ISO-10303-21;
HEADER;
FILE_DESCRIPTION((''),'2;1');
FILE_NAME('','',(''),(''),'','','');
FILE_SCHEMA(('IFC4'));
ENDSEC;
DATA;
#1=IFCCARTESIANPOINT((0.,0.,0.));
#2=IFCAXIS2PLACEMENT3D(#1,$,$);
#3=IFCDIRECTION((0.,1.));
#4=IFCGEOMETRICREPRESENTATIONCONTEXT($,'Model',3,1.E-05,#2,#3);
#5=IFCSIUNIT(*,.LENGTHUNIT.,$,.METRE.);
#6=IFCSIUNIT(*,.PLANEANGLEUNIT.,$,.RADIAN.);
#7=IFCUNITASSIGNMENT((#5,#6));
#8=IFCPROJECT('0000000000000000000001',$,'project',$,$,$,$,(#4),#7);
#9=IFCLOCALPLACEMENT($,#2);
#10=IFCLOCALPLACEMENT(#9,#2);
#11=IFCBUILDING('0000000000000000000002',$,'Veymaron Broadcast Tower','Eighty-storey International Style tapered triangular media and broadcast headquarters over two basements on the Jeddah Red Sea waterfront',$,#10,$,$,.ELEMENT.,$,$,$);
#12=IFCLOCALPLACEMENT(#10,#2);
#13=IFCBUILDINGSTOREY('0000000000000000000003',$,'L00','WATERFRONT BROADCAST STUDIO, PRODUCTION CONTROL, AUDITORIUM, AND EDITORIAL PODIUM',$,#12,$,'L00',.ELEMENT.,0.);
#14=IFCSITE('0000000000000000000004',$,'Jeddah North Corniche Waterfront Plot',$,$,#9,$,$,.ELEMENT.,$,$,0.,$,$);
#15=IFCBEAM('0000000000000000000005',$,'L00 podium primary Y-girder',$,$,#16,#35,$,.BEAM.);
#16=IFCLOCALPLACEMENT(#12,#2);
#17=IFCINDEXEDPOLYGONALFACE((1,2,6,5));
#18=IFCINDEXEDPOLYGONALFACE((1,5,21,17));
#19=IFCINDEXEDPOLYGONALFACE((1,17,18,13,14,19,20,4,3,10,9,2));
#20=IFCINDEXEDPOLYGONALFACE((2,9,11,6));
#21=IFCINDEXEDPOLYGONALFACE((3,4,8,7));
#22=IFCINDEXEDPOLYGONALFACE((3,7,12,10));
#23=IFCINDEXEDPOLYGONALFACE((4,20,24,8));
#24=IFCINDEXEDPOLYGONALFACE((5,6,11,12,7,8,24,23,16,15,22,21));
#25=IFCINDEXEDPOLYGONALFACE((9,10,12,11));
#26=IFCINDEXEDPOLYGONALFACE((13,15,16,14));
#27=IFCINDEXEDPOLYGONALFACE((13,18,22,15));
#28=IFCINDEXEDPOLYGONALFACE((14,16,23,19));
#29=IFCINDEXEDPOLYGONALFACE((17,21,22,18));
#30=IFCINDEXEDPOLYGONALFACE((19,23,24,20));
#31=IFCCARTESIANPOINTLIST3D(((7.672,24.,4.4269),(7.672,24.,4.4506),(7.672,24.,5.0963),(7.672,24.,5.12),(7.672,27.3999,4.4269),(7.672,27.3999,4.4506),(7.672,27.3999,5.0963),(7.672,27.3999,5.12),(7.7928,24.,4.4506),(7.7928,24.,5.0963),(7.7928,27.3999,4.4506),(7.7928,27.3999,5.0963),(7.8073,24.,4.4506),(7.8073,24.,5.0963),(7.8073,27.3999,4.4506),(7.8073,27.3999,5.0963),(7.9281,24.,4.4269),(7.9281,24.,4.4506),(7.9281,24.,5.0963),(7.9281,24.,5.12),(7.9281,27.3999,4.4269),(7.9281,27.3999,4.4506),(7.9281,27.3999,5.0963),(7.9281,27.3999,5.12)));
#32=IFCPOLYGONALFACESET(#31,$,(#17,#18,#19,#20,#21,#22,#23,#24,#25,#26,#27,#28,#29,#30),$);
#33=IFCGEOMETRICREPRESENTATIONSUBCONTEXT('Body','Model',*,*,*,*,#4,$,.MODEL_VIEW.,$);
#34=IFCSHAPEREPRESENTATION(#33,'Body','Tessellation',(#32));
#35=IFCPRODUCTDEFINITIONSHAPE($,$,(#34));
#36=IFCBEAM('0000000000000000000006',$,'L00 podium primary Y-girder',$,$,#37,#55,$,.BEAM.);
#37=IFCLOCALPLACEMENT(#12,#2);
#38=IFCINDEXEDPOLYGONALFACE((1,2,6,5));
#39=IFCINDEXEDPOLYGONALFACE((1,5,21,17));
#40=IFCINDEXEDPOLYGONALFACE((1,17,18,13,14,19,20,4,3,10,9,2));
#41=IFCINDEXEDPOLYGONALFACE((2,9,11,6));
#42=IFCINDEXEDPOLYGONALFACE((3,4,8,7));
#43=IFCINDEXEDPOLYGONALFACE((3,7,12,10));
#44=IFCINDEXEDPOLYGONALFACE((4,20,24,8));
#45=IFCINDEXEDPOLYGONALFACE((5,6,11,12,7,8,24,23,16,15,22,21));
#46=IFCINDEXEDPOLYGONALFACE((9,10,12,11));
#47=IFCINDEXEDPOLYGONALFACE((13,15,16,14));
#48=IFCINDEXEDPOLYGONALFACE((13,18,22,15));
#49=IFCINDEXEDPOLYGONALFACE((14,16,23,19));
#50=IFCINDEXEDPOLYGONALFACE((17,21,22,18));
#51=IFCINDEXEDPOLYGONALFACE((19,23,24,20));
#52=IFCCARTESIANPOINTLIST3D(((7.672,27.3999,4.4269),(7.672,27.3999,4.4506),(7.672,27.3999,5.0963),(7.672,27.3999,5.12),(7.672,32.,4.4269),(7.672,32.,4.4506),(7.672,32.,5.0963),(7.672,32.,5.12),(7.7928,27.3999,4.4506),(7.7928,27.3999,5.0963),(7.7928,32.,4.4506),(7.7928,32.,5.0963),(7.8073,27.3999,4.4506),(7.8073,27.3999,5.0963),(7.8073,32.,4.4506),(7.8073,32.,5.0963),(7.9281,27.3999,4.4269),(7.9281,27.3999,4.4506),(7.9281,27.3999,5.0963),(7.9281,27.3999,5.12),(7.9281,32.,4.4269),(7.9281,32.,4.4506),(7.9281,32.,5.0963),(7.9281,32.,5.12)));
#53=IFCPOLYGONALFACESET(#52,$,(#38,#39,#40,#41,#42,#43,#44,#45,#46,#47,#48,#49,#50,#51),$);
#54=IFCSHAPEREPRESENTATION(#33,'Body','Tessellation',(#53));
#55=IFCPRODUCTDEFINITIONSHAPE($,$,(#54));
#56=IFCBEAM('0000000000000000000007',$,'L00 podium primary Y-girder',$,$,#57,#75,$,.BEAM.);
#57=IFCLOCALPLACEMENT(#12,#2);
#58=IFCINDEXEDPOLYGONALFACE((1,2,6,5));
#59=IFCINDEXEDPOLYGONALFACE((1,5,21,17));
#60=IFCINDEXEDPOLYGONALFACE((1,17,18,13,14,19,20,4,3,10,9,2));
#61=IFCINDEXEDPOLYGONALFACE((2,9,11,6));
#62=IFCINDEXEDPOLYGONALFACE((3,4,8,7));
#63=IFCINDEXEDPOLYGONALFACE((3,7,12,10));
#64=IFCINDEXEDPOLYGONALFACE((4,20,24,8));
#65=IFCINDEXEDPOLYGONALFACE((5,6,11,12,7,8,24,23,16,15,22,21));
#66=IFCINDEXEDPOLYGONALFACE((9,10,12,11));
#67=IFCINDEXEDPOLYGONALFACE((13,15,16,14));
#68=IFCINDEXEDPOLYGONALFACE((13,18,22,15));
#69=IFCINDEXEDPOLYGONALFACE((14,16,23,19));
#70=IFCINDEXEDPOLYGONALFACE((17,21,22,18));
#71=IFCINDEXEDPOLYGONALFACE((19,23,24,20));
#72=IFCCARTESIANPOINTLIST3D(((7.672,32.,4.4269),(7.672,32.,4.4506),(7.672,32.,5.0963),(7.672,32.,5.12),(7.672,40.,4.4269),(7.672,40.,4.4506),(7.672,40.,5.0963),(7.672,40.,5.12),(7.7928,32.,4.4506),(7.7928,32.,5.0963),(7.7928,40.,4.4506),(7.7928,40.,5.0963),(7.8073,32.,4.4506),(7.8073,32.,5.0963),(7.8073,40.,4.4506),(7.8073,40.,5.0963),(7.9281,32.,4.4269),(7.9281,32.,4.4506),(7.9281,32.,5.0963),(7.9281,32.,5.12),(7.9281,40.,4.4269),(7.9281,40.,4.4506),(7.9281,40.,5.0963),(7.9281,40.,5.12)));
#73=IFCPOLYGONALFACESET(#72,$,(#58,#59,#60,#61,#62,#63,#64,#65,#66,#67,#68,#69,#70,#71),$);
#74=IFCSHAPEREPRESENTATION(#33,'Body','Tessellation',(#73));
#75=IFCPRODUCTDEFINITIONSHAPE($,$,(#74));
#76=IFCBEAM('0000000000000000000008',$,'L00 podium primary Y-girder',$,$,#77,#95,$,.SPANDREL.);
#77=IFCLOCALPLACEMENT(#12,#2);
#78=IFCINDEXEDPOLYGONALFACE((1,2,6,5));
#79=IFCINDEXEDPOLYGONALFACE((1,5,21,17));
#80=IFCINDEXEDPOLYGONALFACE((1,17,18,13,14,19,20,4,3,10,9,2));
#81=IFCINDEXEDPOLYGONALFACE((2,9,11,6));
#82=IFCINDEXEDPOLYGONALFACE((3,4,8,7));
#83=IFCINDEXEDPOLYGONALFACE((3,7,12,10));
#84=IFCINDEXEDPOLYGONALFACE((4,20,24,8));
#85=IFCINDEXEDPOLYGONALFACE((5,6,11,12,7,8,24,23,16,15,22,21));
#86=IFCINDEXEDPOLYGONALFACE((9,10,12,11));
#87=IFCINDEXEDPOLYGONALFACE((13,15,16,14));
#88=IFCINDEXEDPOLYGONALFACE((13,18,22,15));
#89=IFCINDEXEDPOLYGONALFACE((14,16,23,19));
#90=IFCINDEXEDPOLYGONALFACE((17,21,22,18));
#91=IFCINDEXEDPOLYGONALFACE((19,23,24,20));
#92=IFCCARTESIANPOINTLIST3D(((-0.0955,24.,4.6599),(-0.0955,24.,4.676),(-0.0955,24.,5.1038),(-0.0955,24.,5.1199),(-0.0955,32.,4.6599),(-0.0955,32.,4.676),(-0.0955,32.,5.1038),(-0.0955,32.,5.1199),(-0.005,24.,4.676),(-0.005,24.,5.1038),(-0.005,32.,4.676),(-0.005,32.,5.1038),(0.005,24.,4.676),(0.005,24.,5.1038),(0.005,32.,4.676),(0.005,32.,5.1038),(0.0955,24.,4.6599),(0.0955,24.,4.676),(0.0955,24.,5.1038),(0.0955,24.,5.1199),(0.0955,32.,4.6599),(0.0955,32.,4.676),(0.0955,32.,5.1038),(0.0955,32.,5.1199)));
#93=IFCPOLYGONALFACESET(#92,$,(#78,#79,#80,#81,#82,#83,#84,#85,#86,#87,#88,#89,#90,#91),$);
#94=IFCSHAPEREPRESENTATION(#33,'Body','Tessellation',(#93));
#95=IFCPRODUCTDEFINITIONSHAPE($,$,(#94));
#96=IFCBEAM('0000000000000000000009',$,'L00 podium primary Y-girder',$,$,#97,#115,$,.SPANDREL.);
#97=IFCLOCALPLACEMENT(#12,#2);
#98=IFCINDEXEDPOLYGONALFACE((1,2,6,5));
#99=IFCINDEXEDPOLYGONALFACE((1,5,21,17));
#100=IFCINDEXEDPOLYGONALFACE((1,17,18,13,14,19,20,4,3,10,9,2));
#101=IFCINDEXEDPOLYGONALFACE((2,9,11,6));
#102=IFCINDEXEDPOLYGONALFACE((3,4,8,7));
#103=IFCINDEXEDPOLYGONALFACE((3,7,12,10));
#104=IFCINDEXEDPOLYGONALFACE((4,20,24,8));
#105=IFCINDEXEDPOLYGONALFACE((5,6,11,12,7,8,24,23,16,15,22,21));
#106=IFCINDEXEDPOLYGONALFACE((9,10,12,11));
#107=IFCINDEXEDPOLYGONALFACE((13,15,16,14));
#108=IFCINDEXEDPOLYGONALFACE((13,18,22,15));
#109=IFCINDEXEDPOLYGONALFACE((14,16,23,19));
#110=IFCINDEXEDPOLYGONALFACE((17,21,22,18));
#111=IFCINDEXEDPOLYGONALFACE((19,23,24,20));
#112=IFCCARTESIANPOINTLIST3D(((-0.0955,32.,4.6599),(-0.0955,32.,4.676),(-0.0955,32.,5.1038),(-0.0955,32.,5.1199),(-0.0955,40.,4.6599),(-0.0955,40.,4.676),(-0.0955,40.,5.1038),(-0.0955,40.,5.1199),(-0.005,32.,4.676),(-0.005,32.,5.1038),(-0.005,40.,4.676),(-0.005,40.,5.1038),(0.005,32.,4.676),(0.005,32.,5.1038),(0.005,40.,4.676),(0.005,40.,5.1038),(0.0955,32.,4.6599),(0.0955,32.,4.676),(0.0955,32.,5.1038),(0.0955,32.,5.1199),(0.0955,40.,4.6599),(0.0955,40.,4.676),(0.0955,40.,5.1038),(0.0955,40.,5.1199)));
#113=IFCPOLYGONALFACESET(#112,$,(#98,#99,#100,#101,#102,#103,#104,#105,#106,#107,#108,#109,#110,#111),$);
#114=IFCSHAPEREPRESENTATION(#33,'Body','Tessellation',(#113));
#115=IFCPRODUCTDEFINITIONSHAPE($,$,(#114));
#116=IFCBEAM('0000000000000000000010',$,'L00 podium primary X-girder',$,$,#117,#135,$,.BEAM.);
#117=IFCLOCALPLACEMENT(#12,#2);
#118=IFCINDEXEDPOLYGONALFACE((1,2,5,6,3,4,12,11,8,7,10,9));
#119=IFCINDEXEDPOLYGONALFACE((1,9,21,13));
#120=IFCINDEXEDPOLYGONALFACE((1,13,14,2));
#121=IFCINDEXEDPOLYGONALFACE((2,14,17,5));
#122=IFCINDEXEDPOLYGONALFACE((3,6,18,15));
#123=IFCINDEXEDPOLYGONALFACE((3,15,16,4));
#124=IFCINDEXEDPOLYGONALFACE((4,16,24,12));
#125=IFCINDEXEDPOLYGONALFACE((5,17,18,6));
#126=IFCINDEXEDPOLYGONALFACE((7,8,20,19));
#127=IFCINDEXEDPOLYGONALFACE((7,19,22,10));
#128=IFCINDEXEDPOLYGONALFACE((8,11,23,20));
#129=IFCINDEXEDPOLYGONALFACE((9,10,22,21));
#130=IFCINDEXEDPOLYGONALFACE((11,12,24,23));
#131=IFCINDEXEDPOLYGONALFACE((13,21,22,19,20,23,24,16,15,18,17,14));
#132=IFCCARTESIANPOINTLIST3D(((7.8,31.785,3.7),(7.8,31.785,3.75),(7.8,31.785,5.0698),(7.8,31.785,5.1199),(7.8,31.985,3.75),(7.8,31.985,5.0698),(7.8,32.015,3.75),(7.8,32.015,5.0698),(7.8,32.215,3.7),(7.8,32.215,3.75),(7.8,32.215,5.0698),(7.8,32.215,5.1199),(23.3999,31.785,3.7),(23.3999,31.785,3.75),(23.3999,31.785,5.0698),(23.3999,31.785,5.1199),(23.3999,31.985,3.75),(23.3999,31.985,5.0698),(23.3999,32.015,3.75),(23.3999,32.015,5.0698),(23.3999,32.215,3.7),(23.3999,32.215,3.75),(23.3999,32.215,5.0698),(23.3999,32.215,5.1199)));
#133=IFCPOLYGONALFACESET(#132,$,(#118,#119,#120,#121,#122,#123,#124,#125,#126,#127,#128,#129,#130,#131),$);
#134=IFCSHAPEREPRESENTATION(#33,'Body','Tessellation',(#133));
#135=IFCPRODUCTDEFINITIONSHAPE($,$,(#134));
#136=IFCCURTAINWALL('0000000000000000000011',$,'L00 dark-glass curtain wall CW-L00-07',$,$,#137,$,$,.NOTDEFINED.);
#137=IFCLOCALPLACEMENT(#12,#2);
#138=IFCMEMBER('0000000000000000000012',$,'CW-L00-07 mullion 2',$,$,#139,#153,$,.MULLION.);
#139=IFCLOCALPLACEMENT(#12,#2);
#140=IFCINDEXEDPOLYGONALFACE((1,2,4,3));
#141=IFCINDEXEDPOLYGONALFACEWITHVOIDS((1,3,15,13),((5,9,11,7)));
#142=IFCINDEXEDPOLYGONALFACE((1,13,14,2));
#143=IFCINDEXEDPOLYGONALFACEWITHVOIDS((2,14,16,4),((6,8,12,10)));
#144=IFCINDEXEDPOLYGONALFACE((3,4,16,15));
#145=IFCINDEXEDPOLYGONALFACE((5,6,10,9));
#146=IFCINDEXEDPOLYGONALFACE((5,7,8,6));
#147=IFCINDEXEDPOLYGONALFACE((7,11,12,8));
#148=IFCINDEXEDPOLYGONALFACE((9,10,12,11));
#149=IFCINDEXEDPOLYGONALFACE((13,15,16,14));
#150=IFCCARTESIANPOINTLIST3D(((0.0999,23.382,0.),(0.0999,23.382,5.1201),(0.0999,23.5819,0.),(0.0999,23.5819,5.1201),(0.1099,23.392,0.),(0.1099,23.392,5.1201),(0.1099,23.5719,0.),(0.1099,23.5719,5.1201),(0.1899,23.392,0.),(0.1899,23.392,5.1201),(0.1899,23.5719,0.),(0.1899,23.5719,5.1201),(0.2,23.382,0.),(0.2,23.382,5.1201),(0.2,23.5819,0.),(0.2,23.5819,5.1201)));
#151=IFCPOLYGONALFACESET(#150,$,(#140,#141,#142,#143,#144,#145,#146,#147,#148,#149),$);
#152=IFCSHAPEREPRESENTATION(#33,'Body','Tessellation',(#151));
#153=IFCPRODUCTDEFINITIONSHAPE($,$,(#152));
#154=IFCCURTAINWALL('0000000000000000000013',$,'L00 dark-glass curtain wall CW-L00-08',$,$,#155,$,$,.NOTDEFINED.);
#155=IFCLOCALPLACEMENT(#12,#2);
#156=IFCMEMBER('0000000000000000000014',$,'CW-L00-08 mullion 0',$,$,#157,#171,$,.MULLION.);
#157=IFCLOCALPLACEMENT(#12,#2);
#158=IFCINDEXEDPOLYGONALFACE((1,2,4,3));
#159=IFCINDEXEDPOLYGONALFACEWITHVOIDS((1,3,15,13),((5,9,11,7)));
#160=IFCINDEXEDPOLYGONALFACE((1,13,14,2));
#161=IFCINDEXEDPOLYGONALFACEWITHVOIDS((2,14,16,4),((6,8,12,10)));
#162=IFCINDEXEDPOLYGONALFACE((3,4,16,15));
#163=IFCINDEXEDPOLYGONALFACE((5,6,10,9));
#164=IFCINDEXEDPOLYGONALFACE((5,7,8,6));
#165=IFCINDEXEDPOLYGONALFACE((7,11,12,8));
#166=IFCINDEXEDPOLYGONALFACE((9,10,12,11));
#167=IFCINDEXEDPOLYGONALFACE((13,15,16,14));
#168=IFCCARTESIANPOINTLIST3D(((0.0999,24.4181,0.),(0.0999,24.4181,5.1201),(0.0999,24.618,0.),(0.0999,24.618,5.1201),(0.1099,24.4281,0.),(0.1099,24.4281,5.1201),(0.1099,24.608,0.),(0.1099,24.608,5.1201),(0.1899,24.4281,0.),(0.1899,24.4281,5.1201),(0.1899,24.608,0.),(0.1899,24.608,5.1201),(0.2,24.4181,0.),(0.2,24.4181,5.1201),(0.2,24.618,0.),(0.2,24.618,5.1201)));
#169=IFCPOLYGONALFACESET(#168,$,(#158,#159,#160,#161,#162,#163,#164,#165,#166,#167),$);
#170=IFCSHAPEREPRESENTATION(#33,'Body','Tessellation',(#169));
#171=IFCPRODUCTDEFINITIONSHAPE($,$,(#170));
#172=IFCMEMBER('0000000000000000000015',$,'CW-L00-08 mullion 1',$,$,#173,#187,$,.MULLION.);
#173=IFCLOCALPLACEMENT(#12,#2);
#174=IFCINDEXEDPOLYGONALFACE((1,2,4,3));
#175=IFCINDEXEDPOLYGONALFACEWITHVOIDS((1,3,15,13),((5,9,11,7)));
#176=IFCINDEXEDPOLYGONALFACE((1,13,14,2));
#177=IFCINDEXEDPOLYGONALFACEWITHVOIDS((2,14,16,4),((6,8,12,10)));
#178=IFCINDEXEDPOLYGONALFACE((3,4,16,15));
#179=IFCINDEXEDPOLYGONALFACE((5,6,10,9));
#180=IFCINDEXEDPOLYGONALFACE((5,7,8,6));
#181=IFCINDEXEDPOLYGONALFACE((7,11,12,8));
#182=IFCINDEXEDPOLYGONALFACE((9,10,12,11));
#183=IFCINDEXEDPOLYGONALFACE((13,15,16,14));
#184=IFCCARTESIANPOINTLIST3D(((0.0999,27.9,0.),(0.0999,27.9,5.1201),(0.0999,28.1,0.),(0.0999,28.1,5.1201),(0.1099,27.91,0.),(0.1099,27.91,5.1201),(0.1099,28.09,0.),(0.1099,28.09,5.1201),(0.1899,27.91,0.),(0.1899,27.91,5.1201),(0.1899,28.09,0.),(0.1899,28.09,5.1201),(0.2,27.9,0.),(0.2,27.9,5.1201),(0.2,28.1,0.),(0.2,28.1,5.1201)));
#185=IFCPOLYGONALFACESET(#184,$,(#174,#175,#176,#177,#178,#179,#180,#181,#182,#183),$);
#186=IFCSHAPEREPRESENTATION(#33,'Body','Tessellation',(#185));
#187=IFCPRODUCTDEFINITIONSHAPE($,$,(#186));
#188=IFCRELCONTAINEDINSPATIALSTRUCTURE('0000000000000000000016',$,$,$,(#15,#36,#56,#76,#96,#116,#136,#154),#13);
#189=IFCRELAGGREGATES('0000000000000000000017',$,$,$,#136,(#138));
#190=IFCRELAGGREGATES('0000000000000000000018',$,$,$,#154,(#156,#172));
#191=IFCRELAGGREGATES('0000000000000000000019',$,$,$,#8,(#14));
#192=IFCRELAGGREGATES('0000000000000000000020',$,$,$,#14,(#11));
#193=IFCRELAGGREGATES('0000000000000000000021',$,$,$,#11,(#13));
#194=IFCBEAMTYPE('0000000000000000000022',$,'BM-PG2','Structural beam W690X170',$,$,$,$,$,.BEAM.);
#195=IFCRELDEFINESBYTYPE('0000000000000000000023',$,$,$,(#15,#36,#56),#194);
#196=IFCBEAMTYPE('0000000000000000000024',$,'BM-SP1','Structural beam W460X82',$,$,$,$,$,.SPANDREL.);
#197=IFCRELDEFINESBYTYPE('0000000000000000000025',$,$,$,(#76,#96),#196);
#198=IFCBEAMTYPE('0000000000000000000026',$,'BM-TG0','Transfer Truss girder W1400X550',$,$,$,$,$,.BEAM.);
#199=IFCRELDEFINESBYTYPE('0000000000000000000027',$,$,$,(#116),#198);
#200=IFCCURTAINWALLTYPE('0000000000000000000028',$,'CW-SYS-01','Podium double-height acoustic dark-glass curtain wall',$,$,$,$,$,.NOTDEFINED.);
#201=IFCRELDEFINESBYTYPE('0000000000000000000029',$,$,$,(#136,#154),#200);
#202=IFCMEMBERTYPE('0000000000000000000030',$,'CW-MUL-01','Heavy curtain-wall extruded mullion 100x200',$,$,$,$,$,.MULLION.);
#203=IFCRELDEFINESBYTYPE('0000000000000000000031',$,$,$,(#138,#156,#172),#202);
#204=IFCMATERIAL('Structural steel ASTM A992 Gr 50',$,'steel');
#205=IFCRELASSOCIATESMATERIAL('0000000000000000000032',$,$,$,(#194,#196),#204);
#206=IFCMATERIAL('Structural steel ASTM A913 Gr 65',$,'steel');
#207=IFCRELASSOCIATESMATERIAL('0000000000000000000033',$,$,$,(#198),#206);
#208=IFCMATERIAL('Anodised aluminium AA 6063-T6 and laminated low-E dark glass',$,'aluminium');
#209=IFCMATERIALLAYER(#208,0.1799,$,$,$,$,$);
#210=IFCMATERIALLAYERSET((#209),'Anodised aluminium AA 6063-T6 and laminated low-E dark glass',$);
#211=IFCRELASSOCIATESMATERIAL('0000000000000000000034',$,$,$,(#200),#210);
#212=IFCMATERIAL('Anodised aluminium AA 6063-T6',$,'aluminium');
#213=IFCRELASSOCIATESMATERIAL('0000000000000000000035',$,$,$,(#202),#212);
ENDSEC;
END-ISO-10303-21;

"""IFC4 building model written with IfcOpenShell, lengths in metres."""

from ifc_helpers import new_model, si_unit, direction, frame, origin, origin_2d, place, context, subcontext, project, spatial, hollow_rectangle, i_section, extrude, material, layer, layer_set, material_profile, profile_set, type_object, element, aggregate, save


model = new_model("IFC4")

# Units and contexts
model_context = context("Model", 3, precision=1e-05, world=origin(), true_north=direction((0.0, 1.0)))
body_context = subcontext(model_context, "Body", "Model", "MODEL_VIEW")
ifc_project = project(units=[si_unit("LENGTHUNIT", "METRE"), si_unit("PLANEANGLEUNIT", "RADIAN")], contexts=[model_context])

# Site, building, storey
site_placement = place(None, origin())
site = spatial("IfcSite", under=ifc_project, at=site_placement, Name="Jeddah North Corniche Waterfront Plot", CompositionType="ELEMENT", RefElevation=0.0)
building_placement = place(site_placement, origin())
building = spatial("IfcBuilding", under=site, at=building_placement, Name="Veymaron Broadcast Tower", Description="Eighty-storey International Style tapered triangular media and broadcast headquarters over two basements on the Jeddah Red Sea waterfront", CompositionType="ELEMENT")
storey_placement = place(building_placement, origin())
storey = spatial("IfcBuildingStorey", under=building, at=storey_placement, Name="L00", Description="WATERFRONT BROADCAST STUDIO, PRODUCTION CONTROL, AUDITORIUM, AND EDITORIAL PODIUM", LongName="L00", CompositionType="ELEMENT", Elevation=0.0)

# Shared definitions
ifc_material_1 = material(Name="Structural steel ASTM A913 Gr 65", Category="steel")

# Beams
ifc_material_2 = material(Name="Structural steel ASTM A992 Gr 50", Category="steel")
ifc_material_profile_1 = material_profile(ifc_material_2, i_section(OverallWidth=0.2561, OverallDepth=0.6931, WebThickness=0.0144, FlangeThickness=0.0237, at=origin_2d()), Name="W690X170")
ifc_profile_set_1 = profile_set([ifc_material_profile_1], Name="Structural steel ASTM A992 Gr 50")
beam_type_1 = type_object("IfcBeamType", Name="BM-PG2", Description="Structural beam W690X170", PredefinedType="BEAM", material=ifc_profile_set_1)
beam_1_placement = place(storey_placement, frame((7.8, 24.0, 4.7734), z_axis=(0.0, 1.0, 0.0), x_axis=(-1.0, 0.0, 0.0)))
element("IfcBeam", 1, at=beam_1_placement, inside=storey, type_object=beam_type_1, Name="L00 podium primary Y-girder", PredefinedType="BEAM", context=body_context, shape_type="SweptSolid", body=[
    extrude(i_section(OverallWidth=0.2561, OverallDepth=0.6931, WebThickness=0.0144, FlangeThickness=0.0237, at=origin_2d()), origin(), (0.0, 0.0, 1.0), 3.3999),
])
beam_2_placement = place(storey_placement, frame((7.8, 27.3999, 4.7734), z_axis=(0.0, 1.0, 0.0), x_axis=(-1.0, 0.0, 0.0)))
element("IfcBeam", 2, at=beam_2_placement, inside=storey, type_object=beam_type_1, Name="L00 podium primary Y-girder", PredefinedType="BEAM", context=body_context, shape_type="SweptSolid", body=[
    extrude(i_section(OverallWidth=0.2561, OverallDepth=0.6931, WebThickness=0.0144, FlangeThickness=0.0237, at=origin_2d()), origin(), (0.0, 0.0, 1.0), 4.6001),
])
beam_3_placement = place(storey_placement, frame((7.8, 32.0, 4.7734), z_axis=(0.0, 1.0, 0.0), x_axis=(-1.0, 0.0, 0.0)))
element("IfcBeam", 3, at=beam_3_placement, inside=storey, type_object=beam_type_1, Name="L00 podium primary Y-girder", PredefinedType="BEAM", context=body_context, shape_type="SweptSolid", body=[
    extrude(i_section(OverallWidth=0.2561, OverallDepth=0.6931, WebThickness=0.0144, FlangeThickness=0.0237, at=origin_2d()), origin(), (0.0, 0.0, 1.0), 8.0),
])
ifc_material_profile_2 = material_profile(ifc_material_2, i_section(OverallWidth=0.1909, OverallDepth=0.46, WebThickness=0.01, FlangeThickness=0.0161, at=origin_2d()), Name="W460X82")
ifc_profile_set_2 = profile_set([ifc_material_profile_2], Name="Structural steel ASTM A992 Gr 50")
beam_type_2 = type_object("IfcBeamType", Name="BM-SP1", Description="Structural beam W460X82", PredefinedType="SPANDREL", material=ifc_profile_set_2)
for number, where, z_axis, x_axis, name in (
    (4, (0.0, 24.0, 4.8899), (0.0, 1.0, 0.0), (-1.0, 0.0, 0.0), "L00 podium primary Y-girder"),
    (5, (0.0, 32.0, 4.8899), (0.0, 1.0, 0.0), (-1.0, 0.0, 0.0), "L00 podium primary Y-girder"),
):
    element("IfcBeam", number, at=place(storey_placement, frame(where, z_axis=z_axis, x_axis=x_axis)), inside=storey, type_object=beam_type_2, Name=name, PredefinedType="SPANDREL", context=body_context, shape_type="SweptSolid", body=[
        extrude(i_section(OverallWidth=0.1909, OverallDepth=0.46, WebThickness=0.01, FlangeThickness=0.0161, at=origin_2d()), origin(), (0.0, 0.0, 1.0), 8.0),
    ])
ifc_material_profile_3 = material_profile(ifc_material_1, i_section(OverallWidth=0.4299, OverallDepth=1.4199, WebThickness=0.03, FlangeThickness=0.05, at=origin_2d()), Name="W1400X550")
ifc_profile_set_3 = profile_set([ifc_material_profile_3], Name="Structural steel ASTM A913 Gr 65")
beam_type_3 = type_object("IfcBeamType", Name="BM-TG0", Description="Transfer Truss girder W1400X550", PredefinedType="BEAM", material=ifc_profile_set_3)
beam_4_placement = place(storey_placement, frame((7.8, 32.0, 4.4099), z_axis=(1.0, 0.0, 0.0), x_axis=(0.0, 1.0, 0.0)))
element("IfcBeam", 6, at=beam_4_placement, inside=storey, type_object=beam_type_3, Name="L00 podium primary X-girder", PredefinedType="BEAM", context=body_context, shape_type="SweptSolid", body=[
    extrude(i_section(OverallWidth=0.4299, OverallDepth=1.4199, WebThickness=0.03, FlangeThickness=0.05, at=origin_2d()), origin(), (0.0, 0.0, 1.0), 15.5999),
])

# Curtain wall, member
ifc_material_3 = material(Name="Anodised aluminium AA 6063-T6 and laminated low-E dark glass", Category="aluminium")
ifc_layer_1 = layer(ifc_material_3, 0.1799)
ifc_layer_set_1 = layer_set([ifc_layer_1], Name="Anodised aluminium AA 6063-T6 and laminated low-E dark glass")
curtain_wall_type = type_object("IfcCurtainWallType", Name="CW-SYS-01", Description="Podium double-height acoustic dark-glass curtain wall", PredefinedType="NOTDEFINED", material=ifc_layer_set_1)
curtain_wall_1_placement = place(storey_placement, origin())
curtain_wall_1 = element("IfcCurtainWall", 7, at=curtain_wall_1_placement, inside=storey, type_object=curtain_wall_type, Name="L00 dark-glass curtain wall CW-L00-07", PredefinedType="NOTDEFINED")
ifc_material_4 = material(Name="Anodised aluminium AA 6063-T6", Category="aluminium")
ifc_material_profile_4 = material_profile(ifc_material_4, hollow_rectangle(XDim=0.1001, YDim=0.2, WallThickness=0.01, at=origin_2d()), Name="RHS200X100X10")
ifc_profile_set_4 = profile_set([ifc_material_profile_4], Name="Anodised aluminium AA 6063-T6")
member_type_1 = type_object("IfcMemberType", Name="CW-MUL-01", Description="Heavy curtain-wall extruded mullion 100x200", PredefinedType="MULLION", material=ifc_profile_set_4)
member_1_placement = place(storey_placement, frame((0.1499, 23.4819, 0.0), z_axis=(0.0, 0.0, 1.0), x_axis=(1.0, 0.0, 0.0)))
member_1 = element("IfcMember", 8, at=member_1_placement, type_object=member_type_1, Name="CW-L00-07 mullion 2", PredefinedType="MULLION", context=body_context, shape_type="SweptSolid", body=[
    extrude(hollow_rectangle(XDim=0.1001, YDim=0.2, WallThickness=0.01, at=origin_2d()), origin(), (0.0, 0.0, 1.0), 5.1201),
])
aggregate(curtain_wall_1, [member_1])

# Curtain wall, members
curtain_wall_2_placement = place(storey_placement, origin())
curtain_wall_2 = element("IfcCurtainWall", 9, at=curtain_wall_2_placement, inside=storey, type_object=curtain_wall_type, Name="L00 dark-glass curtain wall CW-L00-08", PredefinedType="NOTDEFINED")
member_2_placement = place(storey_placement, frame((0.1499, 24.5181, 0.0), z_axis=(0.0, 0.0, 1.0), x_axis=(1.0, 0.0, 0.0)))
member_2 = element("IfcMember", 10, at=member_2_placement, type_object=member_type_1, Name="CW-L00-08 mullion 0", PredefinedType="MULLION", context=body_context, shape_type="SweptSolid", body=[
    extrude(hollow_rectangle(XDim=0.1001, YDim=0.2, WallThickness=0.01, at=origin_2d()), origin(), (0.0, 0.0, 1.0), 5.1201),
])
member_3_placement = place(storey_placement, frame((0.1499, 28.0, 0.0), z_axis=(0.0, 0.0, 1.0), x_axis=(1.0, 0.0, 0.0)))
member_3 = element("IfcMember", 11, at=member_3_placement, type_object=member_type_1, Name="CW-L00-08 mullion 1", PredefinedType="MULLION", context=body_context, shape_type="SweptSolid", body=[
    extrude(hollow_rectangle(XDim=0.1001, YDim=0.2, WallThickness=0.01, at=origin_2d()), origin(), (0.0, 0.0, 1.0), 5.1201),
])

aggregate(curtain_wall_2, [member_2, member_3])

save(model, "model.ifc")
